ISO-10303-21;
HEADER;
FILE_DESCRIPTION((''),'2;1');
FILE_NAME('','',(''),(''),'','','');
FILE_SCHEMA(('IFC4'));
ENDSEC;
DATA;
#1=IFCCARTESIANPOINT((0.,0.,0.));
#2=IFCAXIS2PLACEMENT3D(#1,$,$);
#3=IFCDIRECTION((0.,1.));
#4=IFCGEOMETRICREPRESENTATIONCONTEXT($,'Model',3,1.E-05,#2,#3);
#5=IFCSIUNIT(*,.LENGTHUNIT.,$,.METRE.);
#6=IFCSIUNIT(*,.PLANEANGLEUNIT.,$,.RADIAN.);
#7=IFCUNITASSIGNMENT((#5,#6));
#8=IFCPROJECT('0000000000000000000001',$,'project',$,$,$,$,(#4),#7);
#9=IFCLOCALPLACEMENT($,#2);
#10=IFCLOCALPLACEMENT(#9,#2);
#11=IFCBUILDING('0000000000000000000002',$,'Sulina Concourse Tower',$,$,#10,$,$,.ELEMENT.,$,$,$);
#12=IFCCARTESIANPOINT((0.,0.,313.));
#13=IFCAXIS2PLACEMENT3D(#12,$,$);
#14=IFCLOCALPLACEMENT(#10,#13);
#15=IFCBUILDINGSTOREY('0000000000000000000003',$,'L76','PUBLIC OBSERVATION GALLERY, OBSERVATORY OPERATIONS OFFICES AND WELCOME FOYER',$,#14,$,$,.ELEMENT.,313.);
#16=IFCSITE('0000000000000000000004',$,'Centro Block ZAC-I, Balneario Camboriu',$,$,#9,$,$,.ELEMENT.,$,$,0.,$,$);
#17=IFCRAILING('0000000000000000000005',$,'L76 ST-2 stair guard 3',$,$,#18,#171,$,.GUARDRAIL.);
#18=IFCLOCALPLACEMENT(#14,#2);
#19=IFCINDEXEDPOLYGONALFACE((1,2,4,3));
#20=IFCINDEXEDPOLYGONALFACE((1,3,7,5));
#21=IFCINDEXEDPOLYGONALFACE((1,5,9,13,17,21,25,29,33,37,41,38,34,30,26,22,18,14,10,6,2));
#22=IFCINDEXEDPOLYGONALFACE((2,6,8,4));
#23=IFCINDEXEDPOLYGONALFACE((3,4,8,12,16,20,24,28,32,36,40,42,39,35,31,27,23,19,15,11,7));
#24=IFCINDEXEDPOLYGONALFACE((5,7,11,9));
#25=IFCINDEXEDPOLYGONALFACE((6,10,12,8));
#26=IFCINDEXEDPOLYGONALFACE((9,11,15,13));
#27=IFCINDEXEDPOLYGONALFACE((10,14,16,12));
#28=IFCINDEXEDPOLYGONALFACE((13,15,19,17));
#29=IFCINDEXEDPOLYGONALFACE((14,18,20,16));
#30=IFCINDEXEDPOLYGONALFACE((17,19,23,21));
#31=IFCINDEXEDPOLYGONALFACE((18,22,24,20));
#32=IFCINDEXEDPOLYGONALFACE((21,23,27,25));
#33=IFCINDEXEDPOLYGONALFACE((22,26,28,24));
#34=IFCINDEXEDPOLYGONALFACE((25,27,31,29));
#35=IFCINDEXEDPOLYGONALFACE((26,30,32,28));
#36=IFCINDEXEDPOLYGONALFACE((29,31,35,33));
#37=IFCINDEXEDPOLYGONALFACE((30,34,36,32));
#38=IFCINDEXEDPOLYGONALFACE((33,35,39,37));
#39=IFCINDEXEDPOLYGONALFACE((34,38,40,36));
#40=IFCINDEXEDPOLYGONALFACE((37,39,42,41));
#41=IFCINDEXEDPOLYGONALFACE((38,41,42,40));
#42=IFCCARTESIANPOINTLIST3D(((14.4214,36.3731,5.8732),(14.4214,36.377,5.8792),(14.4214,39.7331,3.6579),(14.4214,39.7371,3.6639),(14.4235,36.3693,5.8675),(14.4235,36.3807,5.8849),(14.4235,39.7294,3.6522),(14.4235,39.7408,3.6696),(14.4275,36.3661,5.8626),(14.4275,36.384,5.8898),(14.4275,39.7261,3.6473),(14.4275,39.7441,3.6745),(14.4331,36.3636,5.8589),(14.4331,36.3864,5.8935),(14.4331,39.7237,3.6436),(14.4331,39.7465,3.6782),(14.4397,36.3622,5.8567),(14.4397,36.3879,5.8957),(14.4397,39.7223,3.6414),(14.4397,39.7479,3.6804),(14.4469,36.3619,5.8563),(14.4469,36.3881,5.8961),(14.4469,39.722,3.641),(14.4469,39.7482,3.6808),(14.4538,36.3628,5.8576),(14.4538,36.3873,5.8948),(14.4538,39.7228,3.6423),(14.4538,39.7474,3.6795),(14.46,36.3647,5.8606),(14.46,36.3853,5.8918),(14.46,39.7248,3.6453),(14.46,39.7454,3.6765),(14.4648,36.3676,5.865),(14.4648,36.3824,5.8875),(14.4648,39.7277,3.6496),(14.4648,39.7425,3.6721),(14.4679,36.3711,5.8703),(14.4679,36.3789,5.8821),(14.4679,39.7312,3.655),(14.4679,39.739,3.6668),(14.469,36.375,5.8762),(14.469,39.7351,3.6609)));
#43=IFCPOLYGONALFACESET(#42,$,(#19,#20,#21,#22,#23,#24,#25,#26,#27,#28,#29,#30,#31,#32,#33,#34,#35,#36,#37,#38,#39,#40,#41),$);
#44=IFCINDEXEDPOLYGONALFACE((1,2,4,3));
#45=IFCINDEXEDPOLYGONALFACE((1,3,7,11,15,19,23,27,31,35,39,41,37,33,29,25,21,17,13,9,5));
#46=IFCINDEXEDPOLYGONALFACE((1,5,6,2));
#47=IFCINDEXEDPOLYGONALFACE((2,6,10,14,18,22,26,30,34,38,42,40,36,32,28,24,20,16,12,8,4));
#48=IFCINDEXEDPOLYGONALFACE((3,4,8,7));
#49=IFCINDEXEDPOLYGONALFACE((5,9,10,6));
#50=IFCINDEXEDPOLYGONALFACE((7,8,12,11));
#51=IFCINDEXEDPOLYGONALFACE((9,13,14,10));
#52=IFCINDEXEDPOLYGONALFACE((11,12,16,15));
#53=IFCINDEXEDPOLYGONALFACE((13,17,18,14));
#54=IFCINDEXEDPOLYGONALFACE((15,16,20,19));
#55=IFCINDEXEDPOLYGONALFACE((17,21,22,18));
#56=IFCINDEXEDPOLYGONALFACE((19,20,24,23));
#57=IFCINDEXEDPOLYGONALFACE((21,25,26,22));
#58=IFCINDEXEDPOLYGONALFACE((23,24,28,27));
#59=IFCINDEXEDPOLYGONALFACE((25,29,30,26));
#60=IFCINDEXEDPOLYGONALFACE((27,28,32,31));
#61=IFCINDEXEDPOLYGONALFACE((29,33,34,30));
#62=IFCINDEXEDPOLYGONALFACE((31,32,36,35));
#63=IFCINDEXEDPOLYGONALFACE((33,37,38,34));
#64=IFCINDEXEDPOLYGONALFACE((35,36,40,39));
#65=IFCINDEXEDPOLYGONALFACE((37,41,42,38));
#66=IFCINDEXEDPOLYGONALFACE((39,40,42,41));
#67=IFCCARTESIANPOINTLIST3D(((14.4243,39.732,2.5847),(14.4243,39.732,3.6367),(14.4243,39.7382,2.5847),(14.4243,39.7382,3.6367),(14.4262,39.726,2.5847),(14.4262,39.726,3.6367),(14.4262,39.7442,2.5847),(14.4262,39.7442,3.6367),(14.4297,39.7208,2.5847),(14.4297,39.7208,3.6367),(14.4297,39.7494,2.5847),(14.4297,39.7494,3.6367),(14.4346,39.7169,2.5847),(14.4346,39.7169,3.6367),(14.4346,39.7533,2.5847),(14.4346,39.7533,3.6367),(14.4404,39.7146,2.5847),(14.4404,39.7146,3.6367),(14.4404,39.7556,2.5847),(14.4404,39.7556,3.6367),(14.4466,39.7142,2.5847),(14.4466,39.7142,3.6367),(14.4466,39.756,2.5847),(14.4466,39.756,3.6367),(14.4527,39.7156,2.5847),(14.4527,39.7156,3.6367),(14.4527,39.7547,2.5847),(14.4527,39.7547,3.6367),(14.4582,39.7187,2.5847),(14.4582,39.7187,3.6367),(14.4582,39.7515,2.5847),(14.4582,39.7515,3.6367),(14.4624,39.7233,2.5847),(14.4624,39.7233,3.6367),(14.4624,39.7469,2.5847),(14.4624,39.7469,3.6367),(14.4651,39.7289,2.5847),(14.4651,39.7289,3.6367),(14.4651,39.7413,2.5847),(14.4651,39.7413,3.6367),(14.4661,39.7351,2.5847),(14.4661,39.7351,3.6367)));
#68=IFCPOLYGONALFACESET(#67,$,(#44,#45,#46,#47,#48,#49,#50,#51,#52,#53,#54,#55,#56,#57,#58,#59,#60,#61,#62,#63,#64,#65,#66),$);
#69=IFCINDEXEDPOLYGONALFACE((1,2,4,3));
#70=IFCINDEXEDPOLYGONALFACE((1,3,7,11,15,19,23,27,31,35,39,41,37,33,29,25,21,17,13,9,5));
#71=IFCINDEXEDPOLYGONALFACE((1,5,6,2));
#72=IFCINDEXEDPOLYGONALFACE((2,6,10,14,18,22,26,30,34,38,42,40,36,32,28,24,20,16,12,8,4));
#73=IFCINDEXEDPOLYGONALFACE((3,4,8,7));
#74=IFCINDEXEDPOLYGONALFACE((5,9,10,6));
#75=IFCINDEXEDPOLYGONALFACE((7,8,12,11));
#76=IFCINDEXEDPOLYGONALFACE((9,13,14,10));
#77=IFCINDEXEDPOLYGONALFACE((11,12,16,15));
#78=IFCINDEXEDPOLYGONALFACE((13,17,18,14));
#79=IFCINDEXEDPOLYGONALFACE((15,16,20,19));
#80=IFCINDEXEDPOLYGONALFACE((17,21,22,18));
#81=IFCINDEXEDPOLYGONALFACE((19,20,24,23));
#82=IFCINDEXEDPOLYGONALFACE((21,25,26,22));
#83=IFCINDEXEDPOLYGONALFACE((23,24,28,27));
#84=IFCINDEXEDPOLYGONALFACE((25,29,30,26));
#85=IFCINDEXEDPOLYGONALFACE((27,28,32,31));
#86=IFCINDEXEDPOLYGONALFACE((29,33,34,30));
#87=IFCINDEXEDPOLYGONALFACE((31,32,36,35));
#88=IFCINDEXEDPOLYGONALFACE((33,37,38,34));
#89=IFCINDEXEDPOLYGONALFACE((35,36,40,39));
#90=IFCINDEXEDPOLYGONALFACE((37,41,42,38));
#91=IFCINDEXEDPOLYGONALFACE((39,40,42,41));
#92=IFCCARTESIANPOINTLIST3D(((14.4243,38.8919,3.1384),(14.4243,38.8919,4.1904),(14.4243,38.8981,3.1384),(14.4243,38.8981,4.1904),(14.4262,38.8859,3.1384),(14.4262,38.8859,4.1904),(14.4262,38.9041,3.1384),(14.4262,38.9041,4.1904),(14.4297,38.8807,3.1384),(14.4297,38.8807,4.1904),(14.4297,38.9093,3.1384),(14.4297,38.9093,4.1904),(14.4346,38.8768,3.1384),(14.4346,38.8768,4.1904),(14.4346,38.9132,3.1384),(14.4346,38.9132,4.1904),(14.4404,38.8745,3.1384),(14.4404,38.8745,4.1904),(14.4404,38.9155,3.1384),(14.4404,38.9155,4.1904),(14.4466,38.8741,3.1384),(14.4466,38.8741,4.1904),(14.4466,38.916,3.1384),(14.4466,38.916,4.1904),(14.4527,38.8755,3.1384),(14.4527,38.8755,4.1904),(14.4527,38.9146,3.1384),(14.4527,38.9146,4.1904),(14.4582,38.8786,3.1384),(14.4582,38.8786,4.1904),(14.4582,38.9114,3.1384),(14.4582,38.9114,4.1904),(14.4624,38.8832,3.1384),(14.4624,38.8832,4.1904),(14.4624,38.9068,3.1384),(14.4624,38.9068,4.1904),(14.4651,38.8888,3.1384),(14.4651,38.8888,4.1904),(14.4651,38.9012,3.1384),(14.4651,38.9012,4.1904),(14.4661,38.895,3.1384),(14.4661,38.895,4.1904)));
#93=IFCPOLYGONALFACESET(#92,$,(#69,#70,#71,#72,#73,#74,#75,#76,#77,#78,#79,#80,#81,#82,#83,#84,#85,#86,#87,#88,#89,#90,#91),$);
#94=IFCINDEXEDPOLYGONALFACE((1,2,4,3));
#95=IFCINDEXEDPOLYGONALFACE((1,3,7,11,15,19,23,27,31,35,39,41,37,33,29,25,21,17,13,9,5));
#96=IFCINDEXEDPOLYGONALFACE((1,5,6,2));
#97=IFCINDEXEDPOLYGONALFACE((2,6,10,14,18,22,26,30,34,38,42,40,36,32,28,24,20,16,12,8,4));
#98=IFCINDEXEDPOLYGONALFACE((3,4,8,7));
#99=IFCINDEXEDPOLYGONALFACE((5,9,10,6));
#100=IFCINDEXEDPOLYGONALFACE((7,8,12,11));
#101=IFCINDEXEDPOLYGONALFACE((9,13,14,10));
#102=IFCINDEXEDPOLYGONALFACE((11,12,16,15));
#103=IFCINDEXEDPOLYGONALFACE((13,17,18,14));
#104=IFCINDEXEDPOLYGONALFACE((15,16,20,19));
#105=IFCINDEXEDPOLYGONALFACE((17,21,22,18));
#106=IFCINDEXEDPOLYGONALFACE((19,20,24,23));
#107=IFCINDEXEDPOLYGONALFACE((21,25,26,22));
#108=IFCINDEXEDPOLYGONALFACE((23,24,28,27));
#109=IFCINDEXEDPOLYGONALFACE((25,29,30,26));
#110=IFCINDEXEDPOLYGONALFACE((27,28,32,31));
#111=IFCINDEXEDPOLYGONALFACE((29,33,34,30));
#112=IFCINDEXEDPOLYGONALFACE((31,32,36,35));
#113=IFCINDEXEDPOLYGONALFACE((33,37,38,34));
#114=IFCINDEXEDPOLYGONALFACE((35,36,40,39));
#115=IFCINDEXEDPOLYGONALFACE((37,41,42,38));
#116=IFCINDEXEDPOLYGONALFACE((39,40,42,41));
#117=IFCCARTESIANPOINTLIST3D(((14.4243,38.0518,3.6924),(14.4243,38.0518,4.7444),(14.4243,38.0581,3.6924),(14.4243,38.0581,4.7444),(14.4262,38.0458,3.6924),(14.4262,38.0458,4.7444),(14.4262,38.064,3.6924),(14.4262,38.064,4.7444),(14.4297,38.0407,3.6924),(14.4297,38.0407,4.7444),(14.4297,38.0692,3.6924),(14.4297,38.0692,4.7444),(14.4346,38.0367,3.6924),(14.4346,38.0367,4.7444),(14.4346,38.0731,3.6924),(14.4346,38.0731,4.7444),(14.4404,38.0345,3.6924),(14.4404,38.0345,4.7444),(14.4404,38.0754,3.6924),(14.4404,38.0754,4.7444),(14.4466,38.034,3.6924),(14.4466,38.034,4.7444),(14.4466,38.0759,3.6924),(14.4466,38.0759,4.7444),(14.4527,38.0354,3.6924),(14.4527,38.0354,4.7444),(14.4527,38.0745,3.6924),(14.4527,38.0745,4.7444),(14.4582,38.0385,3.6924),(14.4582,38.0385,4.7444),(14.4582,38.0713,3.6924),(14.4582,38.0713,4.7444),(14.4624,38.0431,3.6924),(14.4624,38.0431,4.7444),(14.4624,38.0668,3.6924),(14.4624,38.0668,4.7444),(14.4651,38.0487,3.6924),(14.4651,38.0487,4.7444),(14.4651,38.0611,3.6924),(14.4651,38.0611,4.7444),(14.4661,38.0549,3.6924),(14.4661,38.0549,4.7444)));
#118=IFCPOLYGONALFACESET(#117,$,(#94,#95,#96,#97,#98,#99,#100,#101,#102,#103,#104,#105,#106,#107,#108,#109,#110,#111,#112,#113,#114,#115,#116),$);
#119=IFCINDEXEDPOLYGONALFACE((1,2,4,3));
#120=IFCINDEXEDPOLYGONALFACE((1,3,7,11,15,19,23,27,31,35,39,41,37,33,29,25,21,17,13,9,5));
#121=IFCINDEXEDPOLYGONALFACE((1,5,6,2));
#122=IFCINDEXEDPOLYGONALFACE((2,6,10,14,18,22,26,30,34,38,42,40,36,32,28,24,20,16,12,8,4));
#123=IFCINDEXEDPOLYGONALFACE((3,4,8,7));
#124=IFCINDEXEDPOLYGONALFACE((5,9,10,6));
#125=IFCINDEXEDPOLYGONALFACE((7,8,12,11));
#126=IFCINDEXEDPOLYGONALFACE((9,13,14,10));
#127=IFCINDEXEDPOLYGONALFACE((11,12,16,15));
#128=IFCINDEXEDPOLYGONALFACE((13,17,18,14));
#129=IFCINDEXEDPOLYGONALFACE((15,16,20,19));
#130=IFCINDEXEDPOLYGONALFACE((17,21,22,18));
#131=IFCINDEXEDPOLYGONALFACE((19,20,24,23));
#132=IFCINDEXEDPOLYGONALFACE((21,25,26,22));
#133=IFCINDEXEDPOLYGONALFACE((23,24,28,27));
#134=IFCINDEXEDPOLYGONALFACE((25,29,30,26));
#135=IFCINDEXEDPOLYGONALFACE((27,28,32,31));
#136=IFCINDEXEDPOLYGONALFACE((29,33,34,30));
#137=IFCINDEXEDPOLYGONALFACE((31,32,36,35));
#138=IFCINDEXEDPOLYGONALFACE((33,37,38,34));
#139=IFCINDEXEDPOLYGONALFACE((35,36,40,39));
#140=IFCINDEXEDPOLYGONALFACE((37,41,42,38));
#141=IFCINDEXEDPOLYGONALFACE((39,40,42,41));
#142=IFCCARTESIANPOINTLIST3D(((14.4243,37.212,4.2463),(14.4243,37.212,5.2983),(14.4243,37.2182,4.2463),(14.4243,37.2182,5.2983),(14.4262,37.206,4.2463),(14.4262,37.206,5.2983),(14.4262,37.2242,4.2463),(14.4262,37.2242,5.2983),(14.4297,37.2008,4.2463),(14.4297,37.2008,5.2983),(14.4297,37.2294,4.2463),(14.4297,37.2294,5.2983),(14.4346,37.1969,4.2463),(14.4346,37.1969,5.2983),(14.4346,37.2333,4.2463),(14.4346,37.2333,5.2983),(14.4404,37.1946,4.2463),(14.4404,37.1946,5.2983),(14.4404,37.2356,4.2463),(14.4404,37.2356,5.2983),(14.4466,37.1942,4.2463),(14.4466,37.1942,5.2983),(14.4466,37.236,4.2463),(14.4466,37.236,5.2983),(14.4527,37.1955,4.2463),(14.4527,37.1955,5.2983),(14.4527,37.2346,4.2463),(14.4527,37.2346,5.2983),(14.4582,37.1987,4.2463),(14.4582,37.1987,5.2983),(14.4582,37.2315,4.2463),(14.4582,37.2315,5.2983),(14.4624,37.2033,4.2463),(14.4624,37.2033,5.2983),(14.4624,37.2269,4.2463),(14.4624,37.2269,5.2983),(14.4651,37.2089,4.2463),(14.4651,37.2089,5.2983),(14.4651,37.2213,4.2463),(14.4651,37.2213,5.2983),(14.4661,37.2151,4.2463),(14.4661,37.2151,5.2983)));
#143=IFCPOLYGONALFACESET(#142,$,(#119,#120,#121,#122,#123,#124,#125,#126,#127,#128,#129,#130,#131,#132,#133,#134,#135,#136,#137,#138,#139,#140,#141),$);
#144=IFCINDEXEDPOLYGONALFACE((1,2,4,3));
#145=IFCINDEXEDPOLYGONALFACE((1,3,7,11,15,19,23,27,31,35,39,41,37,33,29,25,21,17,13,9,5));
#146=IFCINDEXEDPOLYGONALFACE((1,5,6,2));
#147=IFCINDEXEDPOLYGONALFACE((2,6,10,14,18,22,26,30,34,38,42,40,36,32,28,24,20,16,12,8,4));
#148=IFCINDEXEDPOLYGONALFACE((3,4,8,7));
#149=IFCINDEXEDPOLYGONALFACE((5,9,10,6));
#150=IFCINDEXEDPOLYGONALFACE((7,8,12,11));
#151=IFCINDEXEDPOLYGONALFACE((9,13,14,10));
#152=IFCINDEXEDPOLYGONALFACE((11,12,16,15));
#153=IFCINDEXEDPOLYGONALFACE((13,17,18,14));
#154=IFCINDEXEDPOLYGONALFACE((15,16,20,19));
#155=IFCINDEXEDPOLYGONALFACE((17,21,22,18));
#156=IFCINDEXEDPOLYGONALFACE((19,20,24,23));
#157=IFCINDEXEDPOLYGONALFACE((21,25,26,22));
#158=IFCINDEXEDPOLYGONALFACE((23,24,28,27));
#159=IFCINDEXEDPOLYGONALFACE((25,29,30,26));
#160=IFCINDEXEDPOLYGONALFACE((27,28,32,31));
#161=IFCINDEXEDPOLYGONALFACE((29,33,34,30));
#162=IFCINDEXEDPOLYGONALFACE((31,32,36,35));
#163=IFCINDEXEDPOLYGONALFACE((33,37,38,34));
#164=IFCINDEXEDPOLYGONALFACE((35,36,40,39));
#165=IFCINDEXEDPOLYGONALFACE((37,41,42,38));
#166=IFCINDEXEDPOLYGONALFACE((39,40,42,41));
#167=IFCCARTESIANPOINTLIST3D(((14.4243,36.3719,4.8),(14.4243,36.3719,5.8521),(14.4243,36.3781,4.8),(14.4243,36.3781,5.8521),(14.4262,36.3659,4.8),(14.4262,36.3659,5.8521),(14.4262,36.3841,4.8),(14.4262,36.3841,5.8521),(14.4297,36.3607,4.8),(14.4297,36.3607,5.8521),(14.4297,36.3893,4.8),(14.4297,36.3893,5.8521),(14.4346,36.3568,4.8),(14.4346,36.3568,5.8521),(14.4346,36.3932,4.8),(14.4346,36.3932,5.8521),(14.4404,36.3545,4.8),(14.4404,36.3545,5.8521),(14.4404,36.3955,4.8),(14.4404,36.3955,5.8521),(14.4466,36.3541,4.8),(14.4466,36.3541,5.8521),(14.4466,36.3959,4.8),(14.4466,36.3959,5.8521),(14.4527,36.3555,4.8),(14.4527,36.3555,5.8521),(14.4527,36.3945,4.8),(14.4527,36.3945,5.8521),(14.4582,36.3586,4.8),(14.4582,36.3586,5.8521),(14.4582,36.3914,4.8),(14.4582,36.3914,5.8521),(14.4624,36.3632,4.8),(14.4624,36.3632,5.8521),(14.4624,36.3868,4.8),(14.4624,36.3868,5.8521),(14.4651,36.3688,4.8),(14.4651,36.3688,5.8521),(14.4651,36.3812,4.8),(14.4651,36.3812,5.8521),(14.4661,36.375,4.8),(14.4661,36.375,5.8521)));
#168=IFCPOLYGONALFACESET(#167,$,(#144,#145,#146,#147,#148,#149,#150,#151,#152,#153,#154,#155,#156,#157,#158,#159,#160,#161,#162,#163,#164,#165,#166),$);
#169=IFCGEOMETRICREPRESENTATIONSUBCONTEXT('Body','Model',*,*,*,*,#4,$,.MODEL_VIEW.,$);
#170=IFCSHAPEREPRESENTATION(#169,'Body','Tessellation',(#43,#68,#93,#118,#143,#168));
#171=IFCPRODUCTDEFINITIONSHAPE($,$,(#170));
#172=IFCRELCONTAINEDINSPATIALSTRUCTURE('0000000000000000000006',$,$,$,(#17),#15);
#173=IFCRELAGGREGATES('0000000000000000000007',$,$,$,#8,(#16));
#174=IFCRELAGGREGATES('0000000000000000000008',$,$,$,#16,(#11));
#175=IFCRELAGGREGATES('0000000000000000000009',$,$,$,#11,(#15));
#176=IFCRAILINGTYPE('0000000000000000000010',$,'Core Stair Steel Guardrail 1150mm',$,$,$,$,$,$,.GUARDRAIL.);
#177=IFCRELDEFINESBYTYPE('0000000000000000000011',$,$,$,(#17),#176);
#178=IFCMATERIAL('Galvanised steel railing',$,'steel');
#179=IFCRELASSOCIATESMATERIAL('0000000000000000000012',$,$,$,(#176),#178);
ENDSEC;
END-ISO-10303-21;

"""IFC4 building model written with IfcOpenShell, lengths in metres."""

from ifc_helpers import new_model, si_unit, direction, frame, origin, origin_2d, place, context, subcontext, project, spatial, circle, extrude, material, type_object, element, save


model = new_model("IFC4")

# Units and contexts
model_context = context("Model", 3, precision=1e-05, world=origin(), true_north=direction((0.0, 1.0)))
body_context = subcontext(model_context, "Body", "Model", "MODEL_VIEW")
ifc_project = project(units=[si_unit("LENGTHUNIT", "METRE"), si_unit("PLANEANGLEUNIT", "RADIAN")], contexts=[model_context])

# Site, building, storey
site_placement = place(None, origin())
site = spatial("IfcSite", under=ifc_project, at=site_placement, Name="Centro Block ZAC-I, Balneario Camboriu", CompositionType="ELEMENT", RefElevation=0.0)
building_placement = place(site_placement, origin())
building = spatial("IfcBuilding", under=site, at=building_placement, Name="Sulina Concourse Tower", CompositionType="ELEMENT")
storey_placement = place(building_placement, frame((0.0, 0.0, 313.0)))
storey = spatial("IfcBuildingStorey", under=building, at=storey_placement, Name="L76", Description="PUBLIC OBSERVATION GALLERY, OBSERVATORY OPERATIONS OFFICES AND WELCOME FOYER", CompositionType="ELEMENT", Elevation=313.0)

# Railing
ifc_material_1 = material(Name="Galvanised steel railing", Category="steel")
railing_type_1 = type_object("IfcRailingType", Name="Core Stair Steel Guardrail 1150mm", PredefinedType="GUARDRAIL", material=ifc_material_1)
railing_1_placement = place(storey_placement, frame((14.4451, 39.7351, 2.5847)))
element("IfcRailing", 1, at=railing_1_placement, inside=storey, type_object=railing_type_1, Name="L76 ST-2 stair guard 3", PredefinedType="GUARDRAIL", context=body_context, shape_type="SweptSolid", body=[
    extrude(circle(Radius=0.0239, at=origin_2d()), frame((0.0, 0.0, 1.0762), z_axis=(0.0, -0.834876, 0.550437), x_axis=(1.0, 0.0, 0.0)), (0.0, 0.0, 1.0), 4.0247),
    extrude(circle(Radius=0.021, at=origin_2d()), origin(), (0.0, 0.0, 1.0), 1.052),
    extrude(circle(Radius=0.021, at=origin_2d()), frame((0.0, -0.8401, 0.5537)), (0.0, 0.0, 1.0), 1.052),
    extrude(circle(Radius=0.021, at=origin_2d()), frame((0.0, -1.6802, 1.1077)), (0.0, 0.0, 1.0), 1.052),
    extrude(circle(Radius=0.021, at=origin_2d()), frame((0.0, -2.52, 1.6616)), (0.0, 0.0, 1.0), 1.052),
    extrude(circle(Radius=0.021, at=origin_2d()), frame((0.0, -3.3601, 2.2153)), (0.0, 0.0, 1.0), 1.052),
])

save(model, "model.ifc")
